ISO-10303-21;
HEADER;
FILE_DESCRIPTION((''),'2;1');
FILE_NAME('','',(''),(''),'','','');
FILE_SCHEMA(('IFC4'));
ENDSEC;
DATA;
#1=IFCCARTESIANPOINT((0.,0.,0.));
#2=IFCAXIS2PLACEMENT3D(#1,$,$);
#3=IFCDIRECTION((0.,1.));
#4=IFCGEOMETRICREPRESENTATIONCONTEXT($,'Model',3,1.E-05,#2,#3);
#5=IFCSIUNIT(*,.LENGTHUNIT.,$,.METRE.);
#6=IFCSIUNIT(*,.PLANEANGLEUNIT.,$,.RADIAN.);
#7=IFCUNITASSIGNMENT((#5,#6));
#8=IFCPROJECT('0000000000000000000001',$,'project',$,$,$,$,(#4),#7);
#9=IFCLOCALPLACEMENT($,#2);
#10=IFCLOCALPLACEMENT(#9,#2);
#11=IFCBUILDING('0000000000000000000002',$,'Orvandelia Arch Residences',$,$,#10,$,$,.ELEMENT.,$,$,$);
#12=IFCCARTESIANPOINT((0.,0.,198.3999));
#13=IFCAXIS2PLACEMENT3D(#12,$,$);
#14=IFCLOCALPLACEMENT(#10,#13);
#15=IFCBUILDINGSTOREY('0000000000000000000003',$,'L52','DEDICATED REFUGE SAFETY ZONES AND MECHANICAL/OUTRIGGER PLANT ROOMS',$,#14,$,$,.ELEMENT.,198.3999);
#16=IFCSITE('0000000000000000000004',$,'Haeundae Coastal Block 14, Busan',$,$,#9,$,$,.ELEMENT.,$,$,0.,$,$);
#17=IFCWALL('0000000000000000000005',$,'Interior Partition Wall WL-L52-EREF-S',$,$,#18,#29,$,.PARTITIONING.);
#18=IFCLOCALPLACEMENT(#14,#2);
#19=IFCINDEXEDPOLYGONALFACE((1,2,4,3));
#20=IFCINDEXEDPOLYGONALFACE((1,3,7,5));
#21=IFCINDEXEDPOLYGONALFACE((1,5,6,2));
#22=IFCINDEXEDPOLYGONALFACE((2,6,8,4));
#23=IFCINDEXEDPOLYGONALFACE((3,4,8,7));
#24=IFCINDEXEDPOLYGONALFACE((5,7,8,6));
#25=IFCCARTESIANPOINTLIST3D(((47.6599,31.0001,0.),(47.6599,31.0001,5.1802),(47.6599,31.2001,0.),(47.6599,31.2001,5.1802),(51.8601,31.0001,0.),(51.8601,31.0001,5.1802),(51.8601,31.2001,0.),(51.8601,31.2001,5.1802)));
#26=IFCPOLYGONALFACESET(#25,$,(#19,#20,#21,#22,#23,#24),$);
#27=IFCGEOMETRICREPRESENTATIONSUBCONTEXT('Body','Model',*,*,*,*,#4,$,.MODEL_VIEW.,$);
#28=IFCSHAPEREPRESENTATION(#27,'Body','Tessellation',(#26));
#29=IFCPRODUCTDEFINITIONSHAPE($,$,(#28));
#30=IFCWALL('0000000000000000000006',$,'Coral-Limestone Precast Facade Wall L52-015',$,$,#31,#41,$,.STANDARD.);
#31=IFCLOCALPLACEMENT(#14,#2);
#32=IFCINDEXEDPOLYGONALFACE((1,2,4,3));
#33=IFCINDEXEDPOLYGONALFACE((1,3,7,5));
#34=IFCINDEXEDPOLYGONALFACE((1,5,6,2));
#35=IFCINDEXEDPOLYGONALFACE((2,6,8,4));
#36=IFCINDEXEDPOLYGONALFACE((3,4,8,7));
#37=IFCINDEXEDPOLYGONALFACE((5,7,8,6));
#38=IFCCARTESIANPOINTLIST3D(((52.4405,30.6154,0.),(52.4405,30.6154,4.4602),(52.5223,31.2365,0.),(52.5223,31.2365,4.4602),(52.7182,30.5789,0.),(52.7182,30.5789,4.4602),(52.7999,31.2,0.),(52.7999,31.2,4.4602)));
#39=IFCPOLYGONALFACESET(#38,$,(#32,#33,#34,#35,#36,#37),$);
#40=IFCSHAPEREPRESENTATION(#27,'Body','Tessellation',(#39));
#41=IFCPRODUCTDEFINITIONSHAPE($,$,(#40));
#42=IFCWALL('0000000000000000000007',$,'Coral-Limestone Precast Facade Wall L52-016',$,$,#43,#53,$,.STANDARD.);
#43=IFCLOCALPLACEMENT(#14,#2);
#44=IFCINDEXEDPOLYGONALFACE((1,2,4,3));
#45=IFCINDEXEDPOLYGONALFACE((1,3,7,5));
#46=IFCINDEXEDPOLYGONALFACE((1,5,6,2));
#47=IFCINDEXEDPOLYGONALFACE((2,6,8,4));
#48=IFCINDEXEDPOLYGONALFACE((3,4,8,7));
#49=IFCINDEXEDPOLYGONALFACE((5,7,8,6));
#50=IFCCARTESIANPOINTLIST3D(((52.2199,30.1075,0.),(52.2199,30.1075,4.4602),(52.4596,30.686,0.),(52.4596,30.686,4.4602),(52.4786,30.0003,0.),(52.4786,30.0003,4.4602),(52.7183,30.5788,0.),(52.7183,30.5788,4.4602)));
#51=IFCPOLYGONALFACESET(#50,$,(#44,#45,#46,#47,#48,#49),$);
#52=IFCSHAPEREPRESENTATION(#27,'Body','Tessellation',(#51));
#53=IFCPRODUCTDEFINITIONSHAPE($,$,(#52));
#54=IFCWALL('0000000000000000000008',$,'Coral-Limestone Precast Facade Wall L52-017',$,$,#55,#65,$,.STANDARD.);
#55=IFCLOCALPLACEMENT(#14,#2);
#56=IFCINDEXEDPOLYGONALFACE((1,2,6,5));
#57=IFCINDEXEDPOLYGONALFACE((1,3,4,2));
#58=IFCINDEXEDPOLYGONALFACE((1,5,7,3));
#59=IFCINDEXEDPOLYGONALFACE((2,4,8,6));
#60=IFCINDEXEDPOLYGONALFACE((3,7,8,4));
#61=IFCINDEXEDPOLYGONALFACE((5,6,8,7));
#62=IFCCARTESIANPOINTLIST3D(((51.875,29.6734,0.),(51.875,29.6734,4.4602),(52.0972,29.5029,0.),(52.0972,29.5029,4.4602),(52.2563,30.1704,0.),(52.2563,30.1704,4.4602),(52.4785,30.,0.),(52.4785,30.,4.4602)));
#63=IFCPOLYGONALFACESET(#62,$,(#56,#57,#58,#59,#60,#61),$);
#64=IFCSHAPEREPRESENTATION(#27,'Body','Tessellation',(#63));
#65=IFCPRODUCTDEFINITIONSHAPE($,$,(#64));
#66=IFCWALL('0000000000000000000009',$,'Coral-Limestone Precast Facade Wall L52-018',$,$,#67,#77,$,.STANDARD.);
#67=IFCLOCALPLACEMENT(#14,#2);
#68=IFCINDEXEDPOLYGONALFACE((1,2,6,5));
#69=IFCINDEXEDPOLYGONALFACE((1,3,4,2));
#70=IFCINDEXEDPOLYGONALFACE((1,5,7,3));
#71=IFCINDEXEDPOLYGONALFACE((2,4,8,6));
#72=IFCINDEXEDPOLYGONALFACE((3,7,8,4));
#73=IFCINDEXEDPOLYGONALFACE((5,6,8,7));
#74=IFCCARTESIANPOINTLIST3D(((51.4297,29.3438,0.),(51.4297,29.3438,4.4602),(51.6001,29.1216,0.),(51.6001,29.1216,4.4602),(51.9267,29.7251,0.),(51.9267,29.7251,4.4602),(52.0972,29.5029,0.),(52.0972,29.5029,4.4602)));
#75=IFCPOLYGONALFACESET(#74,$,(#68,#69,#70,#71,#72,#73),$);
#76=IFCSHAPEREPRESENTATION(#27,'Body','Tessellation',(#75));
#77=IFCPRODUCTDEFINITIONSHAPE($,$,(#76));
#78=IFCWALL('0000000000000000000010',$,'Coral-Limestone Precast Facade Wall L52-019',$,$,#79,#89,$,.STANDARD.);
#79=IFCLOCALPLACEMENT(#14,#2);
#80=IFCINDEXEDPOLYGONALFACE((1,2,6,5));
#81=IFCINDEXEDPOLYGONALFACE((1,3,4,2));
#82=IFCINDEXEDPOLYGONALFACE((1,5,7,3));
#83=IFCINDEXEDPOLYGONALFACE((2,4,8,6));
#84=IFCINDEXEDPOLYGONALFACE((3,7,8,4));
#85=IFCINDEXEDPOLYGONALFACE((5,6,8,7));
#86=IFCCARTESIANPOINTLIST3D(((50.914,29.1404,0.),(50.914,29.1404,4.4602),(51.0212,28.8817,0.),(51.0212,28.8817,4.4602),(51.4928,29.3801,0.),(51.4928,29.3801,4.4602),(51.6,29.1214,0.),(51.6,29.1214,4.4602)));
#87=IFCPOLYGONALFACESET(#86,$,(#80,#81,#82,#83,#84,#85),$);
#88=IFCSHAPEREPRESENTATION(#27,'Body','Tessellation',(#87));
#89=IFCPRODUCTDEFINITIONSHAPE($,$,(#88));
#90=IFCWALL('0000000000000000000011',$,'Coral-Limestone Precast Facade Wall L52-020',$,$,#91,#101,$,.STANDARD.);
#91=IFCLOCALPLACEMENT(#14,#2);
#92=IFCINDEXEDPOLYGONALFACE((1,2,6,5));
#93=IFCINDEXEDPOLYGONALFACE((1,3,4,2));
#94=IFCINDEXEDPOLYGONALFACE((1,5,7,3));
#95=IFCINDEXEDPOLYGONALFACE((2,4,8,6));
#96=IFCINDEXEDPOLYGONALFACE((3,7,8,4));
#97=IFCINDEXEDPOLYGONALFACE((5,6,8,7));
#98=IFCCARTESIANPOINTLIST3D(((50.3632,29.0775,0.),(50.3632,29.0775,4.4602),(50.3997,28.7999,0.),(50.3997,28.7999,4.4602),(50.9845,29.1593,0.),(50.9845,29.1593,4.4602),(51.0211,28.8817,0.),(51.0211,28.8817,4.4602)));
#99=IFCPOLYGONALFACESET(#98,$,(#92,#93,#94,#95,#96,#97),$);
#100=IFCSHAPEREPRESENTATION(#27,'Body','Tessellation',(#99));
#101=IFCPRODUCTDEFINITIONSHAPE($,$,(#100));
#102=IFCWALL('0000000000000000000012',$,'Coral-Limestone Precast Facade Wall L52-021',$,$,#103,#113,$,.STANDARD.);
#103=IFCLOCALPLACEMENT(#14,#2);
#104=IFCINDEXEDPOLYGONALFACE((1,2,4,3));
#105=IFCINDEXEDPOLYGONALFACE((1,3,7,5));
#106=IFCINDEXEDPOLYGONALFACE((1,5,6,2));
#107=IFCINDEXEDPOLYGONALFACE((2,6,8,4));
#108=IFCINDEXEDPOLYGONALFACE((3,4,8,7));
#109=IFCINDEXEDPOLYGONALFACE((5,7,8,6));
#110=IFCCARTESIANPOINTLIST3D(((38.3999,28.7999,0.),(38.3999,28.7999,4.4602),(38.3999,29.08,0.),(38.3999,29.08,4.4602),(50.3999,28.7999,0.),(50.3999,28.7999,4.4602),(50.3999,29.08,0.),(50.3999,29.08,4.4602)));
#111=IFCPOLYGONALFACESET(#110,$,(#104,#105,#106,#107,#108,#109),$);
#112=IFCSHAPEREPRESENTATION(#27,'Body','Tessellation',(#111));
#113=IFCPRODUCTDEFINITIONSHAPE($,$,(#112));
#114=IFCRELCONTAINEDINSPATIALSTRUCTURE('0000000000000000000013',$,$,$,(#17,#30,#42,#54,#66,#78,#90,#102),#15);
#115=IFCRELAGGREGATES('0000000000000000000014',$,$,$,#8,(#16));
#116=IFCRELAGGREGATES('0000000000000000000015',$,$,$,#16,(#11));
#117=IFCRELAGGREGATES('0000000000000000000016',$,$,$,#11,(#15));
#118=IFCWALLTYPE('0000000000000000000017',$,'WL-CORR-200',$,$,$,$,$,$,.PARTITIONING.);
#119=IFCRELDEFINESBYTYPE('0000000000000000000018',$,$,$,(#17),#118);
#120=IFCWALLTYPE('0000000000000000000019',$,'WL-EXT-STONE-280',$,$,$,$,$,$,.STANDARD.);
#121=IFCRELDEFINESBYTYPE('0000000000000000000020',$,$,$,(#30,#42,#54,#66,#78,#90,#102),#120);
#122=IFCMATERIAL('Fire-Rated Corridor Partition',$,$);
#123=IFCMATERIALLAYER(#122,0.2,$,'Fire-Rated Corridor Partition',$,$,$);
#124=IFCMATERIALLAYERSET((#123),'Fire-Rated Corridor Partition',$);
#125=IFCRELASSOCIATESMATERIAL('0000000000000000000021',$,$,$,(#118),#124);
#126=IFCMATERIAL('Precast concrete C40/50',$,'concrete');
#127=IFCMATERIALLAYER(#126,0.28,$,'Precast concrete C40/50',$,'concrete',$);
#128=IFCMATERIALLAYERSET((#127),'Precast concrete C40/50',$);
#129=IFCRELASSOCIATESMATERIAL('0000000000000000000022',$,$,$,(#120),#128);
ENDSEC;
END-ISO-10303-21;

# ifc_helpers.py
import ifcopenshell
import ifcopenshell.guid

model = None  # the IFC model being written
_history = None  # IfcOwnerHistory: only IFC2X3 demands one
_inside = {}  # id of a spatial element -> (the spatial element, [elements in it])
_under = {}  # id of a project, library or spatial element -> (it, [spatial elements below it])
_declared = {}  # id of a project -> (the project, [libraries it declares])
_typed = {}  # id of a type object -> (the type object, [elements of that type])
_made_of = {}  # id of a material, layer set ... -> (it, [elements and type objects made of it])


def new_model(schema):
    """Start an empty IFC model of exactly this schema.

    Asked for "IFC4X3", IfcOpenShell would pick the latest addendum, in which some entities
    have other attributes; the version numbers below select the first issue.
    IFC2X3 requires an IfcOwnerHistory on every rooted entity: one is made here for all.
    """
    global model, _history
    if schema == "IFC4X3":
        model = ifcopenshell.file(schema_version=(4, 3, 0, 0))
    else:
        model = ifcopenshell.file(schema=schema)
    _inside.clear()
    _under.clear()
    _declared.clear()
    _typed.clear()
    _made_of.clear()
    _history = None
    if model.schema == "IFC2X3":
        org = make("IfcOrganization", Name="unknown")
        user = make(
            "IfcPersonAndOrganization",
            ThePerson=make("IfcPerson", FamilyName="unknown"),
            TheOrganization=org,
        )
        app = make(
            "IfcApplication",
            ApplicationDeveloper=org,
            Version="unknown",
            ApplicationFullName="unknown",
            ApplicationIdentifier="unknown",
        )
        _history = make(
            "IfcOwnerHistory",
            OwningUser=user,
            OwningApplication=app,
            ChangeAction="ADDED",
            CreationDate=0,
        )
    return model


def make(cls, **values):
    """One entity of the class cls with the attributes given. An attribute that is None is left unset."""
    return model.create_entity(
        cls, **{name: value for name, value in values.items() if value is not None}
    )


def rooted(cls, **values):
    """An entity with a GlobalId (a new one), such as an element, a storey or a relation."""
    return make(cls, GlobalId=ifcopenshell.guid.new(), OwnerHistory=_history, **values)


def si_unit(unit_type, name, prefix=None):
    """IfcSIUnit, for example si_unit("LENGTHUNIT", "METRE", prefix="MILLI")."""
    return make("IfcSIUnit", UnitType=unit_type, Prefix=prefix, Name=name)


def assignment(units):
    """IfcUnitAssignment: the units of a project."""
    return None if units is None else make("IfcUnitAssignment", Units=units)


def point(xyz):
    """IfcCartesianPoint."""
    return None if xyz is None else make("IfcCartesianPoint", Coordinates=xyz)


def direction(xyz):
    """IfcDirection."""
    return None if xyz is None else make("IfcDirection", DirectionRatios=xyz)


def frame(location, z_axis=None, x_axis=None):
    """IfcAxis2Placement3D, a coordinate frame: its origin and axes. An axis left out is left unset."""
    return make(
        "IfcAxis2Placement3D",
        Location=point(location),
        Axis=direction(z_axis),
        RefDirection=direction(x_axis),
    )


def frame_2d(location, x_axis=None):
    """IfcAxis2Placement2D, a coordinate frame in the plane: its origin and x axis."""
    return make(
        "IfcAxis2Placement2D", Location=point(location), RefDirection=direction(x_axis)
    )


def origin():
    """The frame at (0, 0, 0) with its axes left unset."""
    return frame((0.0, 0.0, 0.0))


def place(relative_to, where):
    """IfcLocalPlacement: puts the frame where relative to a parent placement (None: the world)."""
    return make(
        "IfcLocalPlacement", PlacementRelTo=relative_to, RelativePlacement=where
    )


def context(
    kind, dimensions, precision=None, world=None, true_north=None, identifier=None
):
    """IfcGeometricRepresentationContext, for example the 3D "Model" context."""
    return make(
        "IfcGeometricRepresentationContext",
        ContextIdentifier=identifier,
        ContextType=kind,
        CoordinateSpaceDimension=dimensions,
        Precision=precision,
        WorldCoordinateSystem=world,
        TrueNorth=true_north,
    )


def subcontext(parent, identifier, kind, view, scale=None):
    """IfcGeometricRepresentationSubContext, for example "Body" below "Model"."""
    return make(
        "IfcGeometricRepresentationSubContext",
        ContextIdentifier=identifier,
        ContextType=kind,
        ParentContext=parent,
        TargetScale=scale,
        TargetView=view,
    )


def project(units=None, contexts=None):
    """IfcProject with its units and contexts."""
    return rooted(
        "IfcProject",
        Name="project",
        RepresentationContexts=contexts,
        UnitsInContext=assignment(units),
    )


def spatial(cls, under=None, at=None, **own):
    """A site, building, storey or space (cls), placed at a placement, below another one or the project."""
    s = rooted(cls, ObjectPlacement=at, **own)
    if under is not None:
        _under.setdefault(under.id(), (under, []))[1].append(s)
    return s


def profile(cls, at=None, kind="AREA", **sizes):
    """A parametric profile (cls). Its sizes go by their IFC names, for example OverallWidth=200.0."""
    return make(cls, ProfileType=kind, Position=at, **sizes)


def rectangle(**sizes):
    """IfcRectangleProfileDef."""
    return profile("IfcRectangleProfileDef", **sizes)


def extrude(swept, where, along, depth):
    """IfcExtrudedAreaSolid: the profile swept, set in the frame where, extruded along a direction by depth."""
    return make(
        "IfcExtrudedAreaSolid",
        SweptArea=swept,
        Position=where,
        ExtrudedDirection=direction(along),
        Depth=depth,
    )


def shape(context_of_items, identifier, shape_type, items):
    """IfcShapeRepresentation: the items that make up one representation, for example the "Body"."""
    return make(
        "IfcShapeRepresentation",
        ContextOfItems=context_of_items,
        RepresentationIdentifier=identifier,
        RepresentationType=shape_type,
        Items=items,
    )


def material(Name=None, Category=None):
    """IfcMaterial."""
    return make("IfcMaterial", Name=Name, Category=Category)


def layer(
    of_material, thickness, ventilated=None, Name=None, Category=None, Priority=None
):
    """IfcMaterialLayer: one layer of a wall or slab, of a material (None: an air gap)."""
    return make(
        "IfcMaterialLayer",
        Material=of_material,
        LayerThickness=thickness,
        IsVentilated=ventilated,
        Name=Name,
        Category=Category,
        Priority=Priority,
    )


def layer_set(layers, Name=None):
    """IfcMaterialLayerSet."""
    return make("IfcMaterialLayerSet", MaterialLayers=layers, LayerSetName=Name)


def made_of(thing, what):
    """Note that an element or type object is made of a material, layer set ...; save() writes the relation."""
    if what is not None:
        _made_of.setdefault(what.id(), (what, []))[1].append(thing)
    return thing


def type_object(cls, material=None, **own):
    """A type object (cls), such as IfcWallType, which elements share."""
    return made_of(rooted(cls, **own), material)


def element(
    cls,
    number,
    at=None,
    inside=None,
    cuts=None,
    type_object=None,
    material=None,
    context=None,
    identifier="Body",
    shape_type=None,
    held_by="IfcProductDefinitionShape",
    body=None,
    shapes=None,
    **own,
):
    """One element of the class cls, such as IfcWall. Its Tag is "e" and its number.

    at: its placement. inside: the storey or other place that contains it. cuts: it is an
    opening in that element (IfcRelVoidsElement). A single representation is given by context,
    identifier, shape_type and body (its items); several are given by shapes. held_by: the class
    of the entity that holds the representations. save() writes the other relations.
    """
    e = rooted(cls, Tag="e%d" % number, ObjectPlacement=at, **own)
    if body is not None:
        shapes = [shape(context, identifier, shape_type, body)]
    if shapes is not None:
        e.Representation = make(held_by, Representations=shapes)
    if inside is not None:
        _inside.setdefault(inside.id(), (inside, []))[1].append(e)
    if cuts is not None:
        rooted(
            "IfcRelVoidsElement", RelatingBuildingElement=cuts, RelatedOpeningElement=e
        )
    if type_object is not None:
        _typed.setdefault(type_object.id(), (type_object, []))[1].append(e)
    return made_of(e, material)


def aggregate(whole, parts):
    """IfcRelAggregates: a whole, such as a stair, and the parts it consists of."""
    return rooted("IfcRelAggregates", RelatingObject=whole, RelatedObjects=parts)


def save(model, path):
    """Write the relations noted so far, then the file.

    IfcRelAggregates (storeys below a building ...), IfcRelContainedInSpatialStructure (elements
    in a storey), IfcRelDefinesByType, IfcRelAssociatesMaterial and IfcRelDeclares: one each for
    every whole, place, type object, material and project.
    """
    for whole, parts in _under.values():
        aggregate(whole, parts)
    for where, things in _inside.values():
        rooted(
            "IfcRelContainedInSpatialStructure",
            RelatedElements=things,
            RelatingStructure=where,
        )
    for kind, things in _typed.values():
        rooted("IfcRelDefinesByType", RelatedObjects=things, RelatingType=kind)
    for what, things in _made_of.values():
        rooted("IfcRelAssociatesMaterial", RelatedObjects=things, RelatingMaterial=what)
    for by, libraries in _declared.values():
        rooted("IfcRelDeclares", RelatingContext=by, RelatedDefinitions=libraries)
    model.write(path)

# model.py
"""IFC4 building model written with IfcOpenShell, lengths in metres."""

from ifc_helpers import new_model, si_unit, direction, frame, frame_2d, origin, place, context, subcontext, project, spatial, rectangle, extrude, material, layer, layer_set, type_object, element, save


model = new_model("IFC4")

# Units and contexts
model_context = context("Model", 3, precision=1e-05, world=origin(), true_north=direction((0.0, 1.0)))
body_context = subcontext(model_context, "Body", "Model", "MODEL_VIEW")
ifc_project = project(units=[si_unit("LENGTHUNIT", "METRE"), si_unit("PLANEANGLEUNIT", "RADIAN")], contexts=[model_context])

# Site, building, storey
site_placement = place(None, origin())
site = spatial("IfcSite", under=ifc_project, at=site_placement, Name="Haeundae Coastal Block 14, Busan", CompositionType="ELEMENT", RefElevation=0.0)
building_placement = place(site_placement, origin())
building = spatial("IfcBuilding", under=site, at=building_placement, Name="Orvandelia Arch Residences", CompositionType="ELEMENT")
storey_placement = place(building_placement, frame((0.0, 0.0, 198.3999)))
storey = spatial("IfcBuildingStorey", under=building, at=storey_placement, Name="L52", Description="DEDICATED REFUGE SAFETY ZONES AND MECHANICAL/OUTRIGGER PLANT ROOMS", CompositionType="ELEMENT", Elevation=198.3999)

# Shared definitions
ifc_material_1 = material(Name="Fire-Rated Corridor Partition")
ifc_layer_1 = layer(ifc_material_1, 0.2, Name="Fire-Rated Corridor Partition")
ifc_layer_set_1 = layer_set([ifc_layer_1], Name="Fire-Rated Corridor Partition")
wall_type_1 = type_object("IfcWallType", Name="WL-CORR-200", PredefinedType="PARTITIONING", material=ifc_layer_set_1)

# Walls
wall_1_placement = place(storey_placement, frame((47.6599, 31.1001, 0.0), z_axis=(0.0, 0.0, 1.0), x_axis=(1.0, 0.0, 0.0)))
element("IfcWall", 1, at=wall_1_placement, inside=storey, type_object=wall_type_1, Name="Interior Partition Wall WL-L52-EREF-S", PredefinedType="PARTITIONING", context=body_context, shape_type="SweptSolid", body=[
    extrude(rectangle(XDim=4.2002, YDim=0.2, at=frame_2d((2.1001, 0.0))), origin(), (0.0, 0.0, 1.0), 5.1802),
])
ifc_material_2 = material(Name="Precast concrete C40/50", Category="concrete")
ifc_layer_2 = layer(ifc_material_2, 0.28, Name="Precast concrete C40/50", Category="concrete")
ifc_layer_set_2 = layer_set([ifc_layer_2], Name="Precast concrete C40/50")
wall_type_2 = type_object("IfcWallType", Name="WL-EXT-STONE-280", PredefinedType="STANDARD", material=ifc_layer_set_2)
wall_2_placement = place(storey_placement, frame((52.6611, 31.2183, 0.0), z_axis=(0.0, 0.0, 1.0), x_axis=(-0.130555, -0.991441, 0.0)))
element("IfcWall", 2, at=wall_2_placement, inside=storey, type_object=wall_type_2, Name="Coral-Limestone Precast Facade Wall L52-015", PredefinedType="STANDARD", context=body_context, shape_type="SweptSolid", body=[
    extrude(rectangle(XDim=0.6265, YDim=0.28, at=frame_2d((0.3132, 0.0))), origin(), (0.0, 0.0, 1.0), 4.4602),
])
wall_3_placement = place(storey_placement, frame((52.5889, 30.6323, 0.0), z_axis=(0.0, 0.0, 1.0), x_axis=(-0.382788, -0.923836, 0.0)))
element("IfcWall", 3, at=wall_3_placement, inside=storey, type_object=wall_type_2, Name="Coral-Limestone Precast Facade Wall L52-016", PredefinedType="STANDARD", context=body_context, shape_type="SweptSolid", body=[
    extrude(rectangle(XDim=0.6262, YDim=0.28, at=frame_2d((0.313, 0.0))), origin(), (0.0, 0.0, 1.0), 4.4602),
])
for number, where, z_axis, x_axis, name in (
    (4, (52.3674, 30.0852, 0.0), (0.0, 0.0, 1.0), (-0.608693, -0.793406, 0.0), "Coral-Limestone Precast Facade Wall L52-017"),
    (5, (52.012, 29.614, 0.0), (0.0, 0.0, 1.0), (-0.793406, -0.608693, 0.0), "Coral-Limestone Precast Facade Wall L52-018"),
    (6, (51.5464, 29.2507, 0.0), (0.0, 0.0, 1.0), (-0.923893, -0.38265, 0.0), "Coral-Limestone Precast Facade Wall L52-019"),
):
    element("IfcWall", number, at=place(storey_placement, frame(where, z_axis=z_axis, x_axis=x_axis)), inside=storey, type_object=wall_type_2, Name=name, PredefinedType="STANDARD", context=body_context, shape_type="SweptSolid", body=[
        extrude(rectangle(XDim=0.6265, YDim=0.28, at=frame_2d((0.3132, 0.0))), origin(), (0.0, 0.0, 1.0), 4.4602),
    ])
wall_4_placement = place(storey_placement, frame((51.0029, 29.0205, 0.0), z_axis=(0.0, 0.0, 1.0), x_axis=(-0.991448, -0.130505, 0.0)))
element("IfcWall", 7, at=wall_4_placement, inside=storey, type_object=wall_type_2, Name="Coral-Limestone Precast Facade Wall L52-020", PredefinedType="STANDARD", context=body_context, shape_type="SweptSolid", body=[
    extrude(rectangle(XDim=0.6267, YDim=0.28, at=frame_2d((0.3135, 0.0))), origin(), (0.0, 0.0, 1.0), 4.4602),
])
wall_5_placement = place(storey_placement, frame((50.3999, 28.9399, 0.0), z_axis=(0.0, 0.0, 1.0), x_axis=(-1.0, 0.0, 0.0)))
element("IfcWall", 8, at=wall_5_placement, inside=storey, type_object=wall_type_2, Name="Coral-Limestone Precast Facade Wall L52-021", PredefinedType="STANDARD", context=body_context, shape_type="SweptSolid", body=[
    extrude(rectangle(XDim=12.0, YDim=0.28, at=frame_2d((6.0, 0.0))), origin(), (0.0, 0.0, 1.0), 4.4602),
])

save(model, "model.ifc")
